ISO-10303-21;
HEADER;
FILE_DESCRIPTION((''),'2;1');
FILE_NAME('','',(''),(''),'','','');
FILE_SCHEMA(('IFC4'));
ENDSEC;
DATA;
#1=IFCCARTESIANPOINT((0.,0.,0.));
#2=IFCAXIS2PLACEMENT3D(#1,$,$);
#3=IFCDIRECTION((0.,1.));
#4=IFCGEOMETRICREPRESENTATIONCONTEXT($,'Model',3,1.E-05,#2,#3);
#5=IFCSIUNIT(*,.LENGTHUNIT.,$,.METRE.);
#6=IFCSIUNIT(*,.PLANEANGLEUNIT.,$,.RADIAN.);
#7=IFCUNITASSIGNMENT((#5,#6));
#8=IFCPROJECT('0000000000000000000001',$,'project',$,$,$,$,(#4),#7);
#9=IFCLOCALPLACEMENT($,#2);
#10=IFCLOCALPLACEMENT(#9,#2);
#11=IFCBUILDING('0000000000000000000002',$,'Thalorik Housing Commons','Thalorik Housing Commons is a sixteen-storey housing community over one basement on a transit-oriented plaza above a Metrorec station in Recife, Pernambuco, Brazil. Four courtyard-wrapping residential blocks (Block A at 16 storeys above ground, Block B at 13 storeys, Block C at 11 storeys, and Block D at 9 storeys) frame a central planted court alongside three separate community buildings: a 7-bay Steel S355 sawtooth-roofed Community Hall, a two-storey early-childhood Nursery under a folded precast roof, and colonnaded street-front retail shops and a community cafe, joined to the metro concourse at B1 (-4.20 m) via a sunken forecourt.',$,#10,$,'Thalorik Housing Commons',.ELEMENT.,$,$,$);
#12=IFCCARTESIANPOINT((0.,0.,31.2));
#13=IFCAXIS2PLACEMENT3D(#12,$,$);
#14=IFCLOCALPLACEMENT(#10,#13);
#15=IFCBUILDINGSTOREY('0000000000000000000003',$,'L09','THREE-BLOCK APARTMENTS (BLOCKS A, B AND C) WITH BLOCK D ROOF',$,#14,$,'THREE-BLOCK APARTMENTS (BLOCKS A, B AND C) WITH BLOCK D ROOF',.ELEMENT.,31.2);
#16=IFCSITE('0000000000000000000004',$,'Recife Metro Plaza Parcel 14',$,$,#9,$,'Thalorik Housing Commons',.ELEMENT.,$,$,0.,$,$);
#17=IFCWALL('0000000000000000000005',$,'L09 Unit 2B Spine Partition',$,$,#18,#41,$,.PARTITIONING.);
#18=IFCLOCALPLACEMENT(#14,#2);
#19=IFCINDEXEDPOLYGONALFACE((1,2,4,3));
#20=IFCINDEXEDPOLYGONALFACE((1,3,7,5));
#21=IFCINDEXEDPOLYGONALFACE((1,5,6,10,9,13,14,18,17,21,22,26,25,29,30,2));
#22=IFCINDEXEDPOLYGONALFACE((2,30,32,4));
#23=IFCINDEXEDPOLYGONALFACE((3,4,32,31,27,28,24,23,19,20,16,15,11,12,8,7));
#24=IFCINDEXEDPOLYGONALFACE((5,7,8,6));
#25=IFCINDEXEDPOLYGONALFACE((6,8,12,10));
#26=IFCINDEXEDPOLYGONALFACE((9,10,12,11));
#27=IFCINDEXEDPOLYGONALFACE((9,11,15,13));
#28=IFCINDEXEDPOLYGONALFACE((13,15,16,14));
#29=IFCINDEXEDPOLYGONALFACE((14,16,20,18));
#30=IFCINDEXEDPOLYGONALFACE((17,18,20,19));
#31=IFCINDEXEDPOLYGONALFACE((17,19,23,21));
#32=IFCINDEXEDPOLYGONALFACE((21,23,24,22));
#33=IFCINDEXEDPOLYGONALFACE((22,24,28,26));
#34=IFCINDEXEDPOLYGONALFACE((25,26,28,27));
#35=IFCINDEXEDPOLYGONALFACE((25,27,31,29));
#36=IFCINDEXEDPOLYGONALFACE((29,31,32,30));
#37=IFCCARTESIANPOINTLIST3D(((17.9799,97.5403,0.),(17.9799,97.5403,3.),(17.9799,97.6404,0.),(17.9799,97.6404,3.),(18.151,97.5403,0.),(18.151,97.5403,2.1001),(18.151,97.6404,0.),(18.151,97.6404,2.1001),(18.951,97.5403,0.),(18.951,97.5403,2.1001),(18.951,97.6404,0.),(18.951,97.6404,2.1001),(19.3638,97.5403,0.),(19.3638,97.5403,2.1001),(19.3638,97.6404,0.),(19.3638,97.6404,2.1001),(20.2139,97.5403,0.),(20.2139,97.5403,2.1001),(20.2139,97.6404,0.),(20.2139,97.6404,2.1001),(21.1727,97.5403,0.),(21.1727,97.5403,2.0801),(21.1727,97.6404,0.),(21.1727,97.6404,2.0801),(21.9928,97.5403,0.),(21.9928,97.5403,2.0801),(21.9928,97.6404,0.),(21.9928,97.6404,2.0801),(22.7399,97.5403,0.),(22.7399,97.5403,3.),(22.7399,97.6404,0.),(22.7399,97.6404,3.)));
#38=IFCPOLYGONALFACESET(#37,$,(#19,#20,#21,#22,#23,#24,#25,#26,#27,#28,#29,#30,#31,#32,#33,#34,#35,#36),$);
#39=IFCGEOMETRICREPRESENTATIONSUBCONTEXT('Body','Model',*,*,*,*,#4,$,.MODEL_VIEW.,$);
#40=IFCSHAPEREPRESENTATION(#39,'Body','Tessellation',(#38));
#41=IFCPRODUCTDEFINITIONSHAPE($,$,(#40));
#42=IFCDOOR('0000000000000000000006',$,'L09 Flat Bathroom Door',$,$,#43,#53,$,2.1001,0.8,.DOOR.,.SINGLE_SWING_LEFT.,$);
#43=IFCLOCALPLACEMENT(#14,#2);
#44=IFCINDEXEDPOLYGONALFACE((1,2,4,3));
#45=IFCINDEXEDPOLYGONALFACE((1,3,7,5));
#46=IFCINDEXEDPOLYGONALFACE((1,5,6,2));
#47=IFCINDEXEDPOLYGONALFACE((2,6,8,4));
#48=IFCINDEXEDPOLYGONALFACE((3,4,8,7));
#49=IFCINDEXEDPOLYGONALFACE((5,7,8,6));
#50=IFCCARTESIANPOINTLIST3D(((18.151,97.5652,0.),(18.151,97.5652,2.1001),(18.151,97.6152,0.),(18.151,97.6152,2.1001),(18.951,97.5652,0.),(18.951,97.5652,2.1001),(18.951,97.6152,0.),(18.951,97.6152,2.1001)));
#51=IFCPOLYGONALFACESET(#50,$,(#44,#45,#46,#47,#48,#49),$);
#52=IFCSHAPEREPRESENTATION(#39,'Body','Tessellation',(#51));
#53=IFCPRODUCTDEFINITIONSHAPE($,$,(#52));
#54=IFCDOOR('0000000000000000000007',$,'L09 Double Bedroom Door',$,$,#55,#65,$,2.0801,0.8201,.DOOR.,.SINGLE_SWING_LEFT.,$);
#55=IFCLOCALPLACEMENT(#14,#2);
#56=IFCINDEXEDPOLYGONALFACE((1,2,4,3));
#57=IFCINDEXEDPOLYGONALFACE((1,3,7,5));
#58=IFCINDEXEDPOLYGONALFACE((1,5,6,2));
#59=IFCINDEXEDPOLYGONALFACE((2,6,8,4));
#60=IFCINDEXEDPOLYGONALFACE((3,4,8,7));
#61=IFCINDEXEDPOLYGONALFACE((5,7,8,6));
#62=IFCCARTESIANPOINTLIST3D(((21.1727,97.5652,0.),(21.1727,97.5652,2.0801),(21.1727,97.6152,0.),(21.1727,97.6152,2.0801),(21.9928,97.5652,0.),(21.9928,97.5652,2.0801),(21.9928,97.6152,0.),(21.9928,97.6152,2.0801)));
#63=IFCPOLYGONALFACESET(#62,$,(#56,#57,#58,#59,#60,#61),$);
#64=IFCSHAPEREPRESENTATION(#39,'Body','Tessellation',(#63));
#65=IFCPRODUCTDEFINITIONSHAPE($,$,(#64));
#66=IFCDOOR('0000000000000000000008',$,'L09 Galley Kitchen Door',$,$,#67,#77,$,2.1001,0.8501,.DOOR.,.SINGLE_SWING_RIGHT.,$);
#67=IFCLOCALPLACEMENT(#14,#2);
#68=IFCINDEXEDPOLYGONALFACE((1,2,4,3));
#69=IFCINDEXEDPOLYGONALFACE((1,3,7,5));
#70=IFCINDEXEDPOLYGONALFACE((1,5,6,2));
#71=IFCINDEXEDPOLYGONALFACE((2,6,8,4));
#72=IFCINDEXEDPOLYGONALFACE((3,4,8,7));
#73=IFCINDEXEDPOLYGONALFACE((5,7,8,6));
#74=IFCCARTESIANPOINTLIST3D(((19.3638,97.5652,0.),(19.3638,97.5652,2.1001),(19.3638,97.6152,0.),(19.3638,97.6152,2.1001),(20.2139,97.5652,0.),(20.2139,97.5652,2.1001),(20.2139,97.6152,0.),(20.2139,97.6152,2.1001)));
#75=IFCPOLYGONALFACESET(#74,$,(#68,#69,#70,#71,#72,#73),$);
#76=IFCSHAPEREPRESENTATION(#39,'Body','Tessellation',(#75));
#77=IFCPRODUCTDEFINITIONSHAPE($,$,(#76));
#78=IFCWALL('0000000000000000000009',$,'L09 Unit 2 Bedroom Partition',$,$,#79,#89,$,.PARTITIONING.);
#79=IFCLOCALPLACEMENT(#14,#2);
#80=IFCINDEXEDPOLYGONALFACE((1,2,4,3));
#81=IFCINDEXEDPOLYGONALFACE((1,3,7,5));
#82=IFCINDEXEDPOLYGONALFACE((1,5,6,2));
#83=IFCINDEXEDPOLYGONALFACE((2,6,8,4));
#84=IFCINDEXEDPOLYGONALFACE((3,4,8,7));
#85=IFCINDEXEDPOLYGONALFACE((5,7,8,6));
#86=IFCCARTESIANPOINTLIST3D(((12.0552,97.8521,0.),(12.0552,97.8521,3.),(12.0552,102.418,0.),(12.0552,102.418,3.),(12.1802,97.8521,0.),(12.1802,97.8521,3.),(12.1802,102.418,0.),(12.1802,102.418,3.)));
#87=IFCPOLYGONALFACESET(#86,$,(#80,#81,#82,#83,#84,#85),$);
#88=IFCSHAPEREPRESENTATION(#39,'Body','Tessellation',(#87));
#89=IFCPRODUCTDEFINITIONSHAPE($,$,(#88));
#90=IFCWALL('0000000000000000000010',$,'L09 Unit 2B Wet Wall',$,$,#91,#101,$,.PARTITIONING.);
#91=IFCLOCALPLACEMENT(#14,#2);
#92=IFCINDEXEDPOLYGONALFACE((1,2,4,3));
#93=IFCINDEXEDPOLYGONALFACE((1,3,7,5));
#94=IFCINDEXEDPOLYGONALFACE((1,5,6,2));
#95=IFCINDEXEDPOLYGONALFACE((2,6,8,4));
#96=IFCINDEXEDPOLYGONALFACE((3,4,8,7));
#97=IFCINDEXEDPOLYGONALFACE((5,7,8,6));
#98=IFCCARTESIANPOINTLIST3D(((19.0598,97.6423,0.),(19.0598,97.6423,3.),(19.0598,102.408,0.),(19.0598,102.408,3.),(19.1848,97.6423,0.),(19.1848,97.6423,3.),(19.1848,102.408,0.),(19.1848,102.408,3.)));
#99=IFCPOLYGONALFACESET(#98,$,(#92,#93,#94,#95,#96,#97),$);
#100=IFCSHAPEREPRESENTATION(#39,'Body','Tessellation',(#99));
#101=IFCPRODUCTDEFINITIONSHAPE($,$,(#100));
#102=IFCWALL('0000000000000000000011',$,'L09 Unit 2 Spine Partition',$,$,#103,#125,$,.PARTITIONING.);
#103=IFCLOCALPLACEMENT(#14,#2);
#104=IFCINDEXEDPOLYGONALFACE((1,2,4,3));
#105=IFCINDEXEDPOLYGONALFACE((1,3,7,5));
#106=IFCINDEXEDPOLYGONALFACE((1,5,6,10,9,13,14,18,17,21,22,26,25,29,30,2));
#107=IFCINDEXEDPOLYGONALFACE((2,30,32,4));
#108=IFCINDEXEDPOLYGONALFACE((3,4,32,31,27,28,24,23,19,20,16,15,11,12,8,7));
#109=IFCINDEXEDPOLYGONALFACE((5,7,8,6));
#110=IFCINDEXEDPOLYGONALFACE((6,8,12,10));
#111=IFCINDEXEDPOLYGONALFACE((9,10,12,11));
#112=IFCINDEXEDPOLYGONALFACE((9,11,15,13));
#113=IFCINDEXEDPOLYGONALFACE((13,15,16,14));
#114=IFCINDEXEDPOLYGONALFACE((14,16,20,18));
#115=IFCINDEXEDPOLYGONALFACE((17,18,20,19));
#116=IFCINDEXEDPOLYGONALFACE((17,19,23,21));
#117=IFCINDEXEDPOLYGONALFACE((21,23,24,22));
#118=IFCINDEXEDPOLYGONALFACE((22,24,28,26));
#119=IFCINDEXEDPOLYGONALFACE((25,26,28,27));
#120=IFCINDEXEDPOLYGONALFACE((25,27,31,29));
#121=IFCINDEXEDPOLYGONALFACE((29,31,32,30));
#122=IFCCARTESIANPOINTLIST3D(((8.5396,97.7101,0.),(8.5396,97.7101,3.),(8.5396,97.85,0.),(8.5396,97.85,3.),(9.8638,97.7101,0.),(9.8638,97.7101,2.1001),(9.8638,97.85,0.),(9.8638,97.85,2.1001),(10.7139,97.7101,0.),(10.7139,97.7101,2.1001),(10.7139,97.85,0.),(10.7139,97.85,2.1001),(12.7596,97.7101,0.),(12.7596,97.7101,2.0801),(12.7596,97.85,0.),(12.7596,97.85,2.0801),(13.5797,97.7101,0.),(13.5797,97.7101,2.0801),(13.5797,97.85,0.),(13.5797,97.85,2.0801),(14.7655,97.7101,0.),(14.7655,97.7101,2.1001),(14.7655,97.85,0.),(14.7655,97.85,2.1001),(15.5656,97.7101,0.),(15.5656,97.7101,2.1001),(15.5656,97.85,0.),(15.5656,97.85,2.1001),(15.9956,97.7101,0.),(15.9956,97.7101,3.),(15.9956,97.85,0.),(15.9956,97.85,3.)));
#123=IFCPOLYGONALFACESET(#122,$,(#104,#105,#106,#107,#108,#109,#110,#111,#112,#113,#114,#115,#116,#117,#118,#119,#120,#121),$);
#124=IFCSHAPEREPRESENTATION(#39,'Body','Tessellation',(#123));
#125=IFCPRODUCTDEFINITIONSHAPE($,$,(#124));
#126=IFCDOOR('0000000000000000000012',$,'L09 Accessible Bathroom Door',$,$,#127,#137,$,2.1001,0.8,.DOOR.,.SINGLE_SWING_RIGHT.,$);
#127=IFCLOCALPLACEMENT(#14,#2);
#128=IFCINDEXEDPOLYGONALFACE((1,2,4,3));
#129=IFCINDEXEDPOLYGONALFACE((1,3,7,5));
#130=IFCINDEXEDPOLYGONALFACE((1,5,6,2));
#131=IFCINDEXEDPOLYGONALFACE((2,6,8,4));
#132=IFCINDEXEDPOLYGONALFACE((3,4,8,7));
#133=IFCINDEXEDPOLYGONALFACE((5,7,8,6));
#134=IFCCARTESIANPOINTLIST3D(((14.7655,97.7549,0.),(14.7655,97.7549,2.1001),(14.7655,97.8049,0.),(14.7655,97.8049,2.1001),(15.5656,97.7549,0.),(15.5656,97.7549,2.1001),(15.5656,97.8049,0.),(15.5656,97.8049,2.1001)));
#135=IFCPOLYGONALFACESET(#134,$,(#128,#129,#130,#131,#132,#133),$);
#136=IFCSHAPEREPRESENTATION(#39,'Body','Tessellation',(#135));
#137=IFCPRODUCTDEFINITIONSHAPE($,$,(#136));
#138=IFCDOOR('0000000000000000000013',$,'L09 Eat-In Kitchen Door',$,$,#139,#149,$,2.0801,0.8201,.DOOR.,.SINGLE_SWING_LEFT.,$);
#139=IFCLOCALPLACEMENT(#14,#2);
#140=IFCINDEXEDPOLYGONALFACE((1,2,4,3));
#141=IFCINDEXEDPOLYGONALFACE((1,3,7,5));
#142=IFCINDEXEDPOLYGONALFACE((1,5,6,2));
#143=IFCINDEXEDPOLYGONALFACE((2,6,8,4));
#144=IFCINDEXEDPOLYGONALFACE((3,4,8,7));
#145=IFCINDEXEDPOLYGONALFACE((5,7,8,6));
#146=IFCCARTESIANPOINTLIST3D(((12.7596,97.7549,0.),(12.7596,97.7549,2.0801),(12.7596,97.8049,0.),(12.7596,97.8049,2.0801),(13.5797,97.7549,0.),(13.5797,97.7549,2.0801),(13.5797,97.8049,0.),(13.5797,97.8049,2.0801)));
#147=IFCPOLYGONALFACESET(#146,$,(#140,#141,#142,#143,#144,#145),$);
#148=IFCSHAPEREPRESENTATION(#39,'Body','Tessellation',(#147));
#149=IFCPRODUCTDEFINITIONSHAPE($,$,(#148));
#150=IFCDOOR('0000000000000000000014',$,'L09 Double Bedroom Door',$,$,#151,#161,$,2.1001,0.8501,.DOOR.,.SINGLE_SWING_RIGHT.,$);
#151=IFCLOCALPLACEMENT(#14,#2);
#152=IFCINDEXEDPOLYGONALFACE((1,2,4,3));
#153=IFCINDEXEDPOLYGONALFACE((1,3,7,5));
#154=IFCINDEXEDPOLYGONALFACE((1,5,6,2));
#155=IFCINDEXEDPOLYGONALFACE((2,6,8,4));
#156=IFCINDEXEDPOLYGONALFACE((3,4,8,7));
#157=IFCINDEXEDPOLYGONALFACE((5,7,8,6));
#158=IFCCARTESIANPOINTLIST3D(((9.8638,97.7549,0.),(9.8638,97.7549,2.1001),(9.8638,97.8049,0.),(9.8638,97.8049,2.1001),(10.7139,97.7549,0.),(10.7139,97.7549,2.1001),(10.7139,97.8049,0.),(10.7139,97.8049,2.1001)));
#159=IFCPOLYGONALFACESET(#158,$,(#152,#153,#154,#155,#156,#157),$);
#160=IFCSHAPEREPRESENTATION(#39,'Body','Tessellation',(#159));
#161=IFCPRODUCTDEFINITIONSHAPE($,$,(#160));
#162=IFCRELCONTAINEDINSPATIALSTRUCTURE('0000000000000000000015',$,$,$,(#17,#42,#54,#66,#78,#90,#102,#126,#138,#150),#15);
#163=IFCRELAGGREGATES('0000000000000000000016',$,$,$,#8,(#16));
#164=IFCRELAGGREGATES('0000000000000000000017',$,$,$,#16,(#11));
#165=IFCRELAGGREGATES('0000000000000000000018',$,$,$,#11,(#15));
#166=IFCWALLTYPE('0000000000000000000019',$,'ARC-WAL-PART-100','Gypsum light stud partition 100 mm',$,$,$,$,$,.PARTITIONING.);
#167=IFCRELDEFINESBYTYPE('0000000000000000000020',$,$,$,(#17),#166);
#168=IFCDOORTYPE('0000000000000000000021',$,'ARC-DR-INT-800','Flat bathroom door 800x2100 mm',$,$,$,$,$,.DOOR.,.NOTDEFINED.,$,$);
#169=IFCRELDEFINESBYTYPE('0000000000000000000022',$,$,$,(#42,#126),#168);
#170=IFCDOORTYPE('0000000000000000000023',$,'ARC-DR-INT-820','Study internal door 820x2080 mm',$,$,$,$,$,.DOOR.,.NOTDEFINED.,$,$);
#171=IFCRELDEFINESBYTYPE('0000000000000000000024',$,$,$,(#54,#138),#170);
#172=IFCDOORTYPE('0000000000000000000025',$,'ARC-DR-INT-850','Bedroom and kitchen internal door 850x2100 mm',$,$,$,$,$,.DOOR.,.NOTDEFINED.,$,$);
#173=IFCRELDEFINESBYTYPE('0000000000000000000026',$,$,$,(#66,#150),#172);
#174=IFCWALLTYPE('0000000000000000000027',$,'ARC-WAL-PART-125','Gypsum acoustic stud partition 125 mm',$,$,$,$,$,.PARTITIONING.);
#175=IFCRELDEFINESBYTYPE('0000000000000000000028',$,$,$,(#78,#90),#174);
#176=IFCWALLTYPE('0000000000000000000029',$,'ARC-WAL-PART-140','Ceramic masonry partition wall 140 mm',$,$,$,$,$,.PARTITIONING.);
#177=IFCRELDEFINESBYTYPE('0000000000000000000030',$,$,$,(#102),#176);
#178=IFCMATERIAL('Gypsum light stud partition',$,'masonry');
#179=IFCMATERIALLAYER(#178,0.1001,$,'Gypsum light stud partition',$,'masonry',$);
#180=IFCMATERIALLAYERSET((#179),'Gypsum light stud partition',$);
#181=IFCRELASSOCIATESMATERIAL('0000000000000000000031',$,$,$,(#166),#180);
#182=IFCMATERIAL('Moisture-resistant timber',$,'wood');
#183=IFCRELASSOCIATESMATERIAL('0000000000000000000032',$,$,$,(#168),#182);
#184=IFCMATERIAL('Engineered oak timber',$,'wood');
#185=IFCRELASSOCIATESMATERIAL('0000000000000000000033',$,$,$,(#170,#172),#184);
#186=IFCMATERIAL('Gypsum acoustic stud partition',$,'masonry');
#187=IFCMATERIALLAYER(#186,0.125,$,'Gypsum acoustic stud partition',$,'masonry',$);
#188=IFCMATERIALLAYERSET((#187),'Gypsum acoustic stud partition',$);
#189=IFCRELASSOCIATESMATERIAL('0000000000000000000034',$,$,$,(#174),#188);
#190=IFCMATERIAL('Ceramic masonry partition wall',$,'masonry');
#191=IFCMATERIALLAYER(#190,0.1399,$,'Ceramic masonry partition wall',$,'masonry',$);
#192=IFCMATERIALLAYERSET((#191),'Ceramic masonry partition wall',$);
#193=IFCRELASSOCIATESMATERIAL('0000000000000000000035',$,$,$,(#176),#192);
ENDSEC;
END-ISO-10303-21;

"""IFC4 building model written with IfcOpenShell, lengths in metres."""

from ifc_helpers import new_model, si_unit, direction, frame, frame_2d, origin, place, context, subcontext, project, spatial, rectangle, extrude, material, layer, layer_set, type_object, element, fill, save


model = new_model("IFC4")

# Units and contexts
model_context = context("Model", 3, precision=1e-05, world=origin(), true_north=direction((0.0, 1.0)))
body_context = subcontext(model_context, "Body", "Model", "MODEL_VIEW")
ifc_project = project(units=[si_unit("LENGTHUNIT", "METRE"), si_unit("PLANEANGLEUNIT", "RADIAN")], contexts=[model_context])

# Site, building, storey
site_placement = place(None, origin())
site = spatial("IfcSite", under=ifc_project, at=site_placement, Name="Recife Metro Plaza Parcel 14", LongName="Thalorik Housing Commons", CompositionType="ELEMENT", RefElevation=0.0)
building_placement = place(site_placement, origin())
building = spatial("IfcBuilding", under=site, at=building_placement, Name="Thalorik Housing Commons", Description="Thalorik Housing Commons is a sixteen-storey housing community over one basement on a transit-oriented plaza above a Metrorec station in Recife, Pernambuco, Brazil. Four courtyard-wrapping residential blocks (Block A at 16 storeys above ground, Block B at 13 storeys, Block C at 11 storeys, and Block D at 9 storeys) frame a central planted court alongside three separate community buildings: a 7-bay Steel S355 sawtooth-roofed Community Hall, a two-storey early-childhood Nursery under a folded precast roof, and colonnaded street-front retail shops and a community cafe, joined to the metro concourse at B1 (-4.20 m) via a sunken forecourt.", LongName="Thalorik Housing Commons", CompositionType="ELEMENT")
storey_placement = place(building_placement, frame((0.0, 0.0, 31.2)))
storey = spatial("IfcBuildingStorey", under=building, at=storey_placement, Name="L09", Description="THREE-BLOCK APARTMENTS (BLOCKS A, B AND C) WITH BLOCK D ROOF", LongName="THREE-BLOCK APARTMENTS (BLOCKS A, B AND C) WITH BLOCK D ROOF", CompositionType="ELEMENT", Elevation=31.2)

# Wall, openings, doors
ifc_material_1 = material(Name="Gypsum light stud partition", Category="masonry")
ifc_layer_1 = layer(ifc_material_1, 0.1001, Name="Gypsum light stud partition", Category="masonry")
ifc_layer_set_1 = layer_set([ifc_layer_1], Name="Gypsum light stud partition")
wall_type_1 = type_object("IfcWallType", Name="ARC-WAL-PART-100", Description="Gypsum light stud partition 100 mm", PredefinedType="PARTITIONING", material=ifc_layer_set_1)
wall_1_placement = place(storey_placement, frame((17.98, 97.5903, 0.0), z_axis=(0.0, 0.0, 1.0), x_axis=(1.0, 0.0, 0.0)))
wall_1 = element("IfcWall", 1, at=wall_1_placement, inside=storey, type_object=wall_type_1, Name="L09 Unit 2B Spine Partition", PredefinedType="PARTITIONING", context=body_context, shape_type="SweptSolid", body=[
    extrude(rectangle(XDim=4.76, YDim=0.1001, at=frame_2d((2.3799, 0.0))), origin(), (0.0, 0.0, 1.0), 3.0),
])
opening_1_placement = place(wall_1_placement, frame((0.1711, 0.0, 0.0)))
opening_1 = element("IfcOpeningElement", 2, at=opening_1_placement, cuts=wall_1, PredefinedType="OPENING", context=body_context, shape_type="SweptSolid", body=[
    extrude(rectangle(XDim=0.8, YDim=2.1001, at=frame_2d((0.3999, 1.05))), frame((0.0, 0.0601, 0.0), z_axis=(0.0, -1.0, 0.0), x_axis=(1.0, 0.0, 0.0)), (0.0, 0.0, 1.0), 0.1201),
])
opening_2_placement = place(wall_1_placement, frame((1.3838, 0.0, 0.0)))
opening_2 = element("IfcOpeningElement", 3, at=opening_2_placement, cuts=wall_1, PredefinedType="OPENING", context=body_context, shape_type="SweptSolid", body=[
    extrude(rectangle(XDim=0.8501, YDim=2.1001, at=frame_2d((0.425, 1.05))), frame((0.0, 0.0601, 0.0), z_axis=(0.0, -1.0, 0.0), x_axis=(1.0, 0.0, 0.0)), (0.0, 0.0, 1.0), 0.1201),
])
opening_3_placement = place(wall_1_placement, frame((3.1926, 0.0, 0.0)))
opening_3 = element("IfcOpeningElement", 4, at=opening_3_placement, cuts=wall_1, PredefinedType="OPENING", context=body_context, shape_type="SweptSolid", body=[
    extrude(rectangle(XDim=0.8201, YDim=2.0801, at=frame_2d((0.4102, 1.04))), frame((0.0, 0.0601, 0.0), z_axis=(0.0, -1.0, 0.0), x_axis=(1.0, 0.0, 0.0)), (0.0, 0.0, 1.0), 0.1201),
])
ifc_material_2 = material(Name="Moisture-resistant timber", Category="wood")
door_type_1 = type_object("IfcDoorType", Name="ARC-DR-INT-800", Description="Flat bathroom door 800x2100 mm", OperationType="NOTDEFINED", PredefinedType="DOOR", material=ifc_material_2)
door_1_placement = place(opening_1_placement, origin())
door_1 = element("IfcDoor", 5, at=door_1_placement, inside=storey, type_object=door_type_1, Name="L09 Flat Bathroom Door", OperationType="SINGLE_SWING_LEFT", OverallHeight=2.1001, OverallWidth=0.8, PredefinedType="DOOR", context=body_context, shape_type="SweptSolid", body=[
    extrude(rectangle(XDim=0.8, YDim=2.1001, at=frame_2d((0.3999, 1.05))), frame((0.0, 0.0249, 0.0), z_axis=(0.0, -1.0, 0.0), x_axis=(1.0, 0.0, 0.0)), (0.0, 0.0, 1.0), 0.05),
])
fill(opening_1, door_1)
ifc_material_3 = material(Name="Engineered oak timber", Category="wood")
door_type_2 = type_object("IfcDoorType", Name="ARC-DR-INT-820", Description="Study internal door 820x2080 mm", OperationType="NOTDEFINED", PredefinedType="DOOR", material=ifc_material_3)
door_2_placement = place(opening_3_placement, origin())
door_2 = element("IfcDoor", 6, at=door_2_placement, inside=storey, type_object=door_type_2, Name="L09 Double Bedroom Door", OperationType="SINGLE_SWING_LEFT", OverallHeight=2.0801, OverallWidth=0.8201, PredefinedType="DOOR", context=body_context, shape_type="SweptSolid", body=[
    extrude(rectangle(XDim=0.8201, YDim=2.0801, at=frame_2d((0.4102, 1.04))), frame((0.0, 0.0249, 0.0), z_axis=(0.0, -1.0, 0.0), x_axis=(1.0, 0.0, 0.0)), (0.0, 0.0, 1.0), 0.05),
])
fill(opening_3, door_2)
door_type_3 = type_object("IfcDoorType", Name="ARC-DR-INT-850", Description="Bedroom and kitchen internal door 850x2100 mm", OperationType="NOTDEFINED", PredefinedType="DOOR", material=ifc_material_3)
door_3_placement = place(opening_2_placement, origin())
door_3 = element("IfcDoor", 7, at=door_3_placement, inside=storey, type_object=door_type_3, Name="L09 Galley Kitchen Door", OperationType="SINGLE_SWING_RIGHT", OverallHeight=2.1001, OverallWidth=0.8501, PredefinedType="DOOR", context=body_context, shape_type="SweptSolid", body=[
    extrude(rectangle(XDim=0.8501, YDim=2.1001, at=frame_2d((0.425, 1.05))), frame((0.0, 0.0249, 0.0), z_axis=(0.0, -1.0, 0.0), x_axis=(1.0, 0.0, 0.0)), (0.0, 0.0, 1.0), 0.05),
])
fill(opening_2, door_3)

# Walls
ifc_material_4 = material(Name="Gypsum acoustic stud partition", Category="masonry")
ifc_layer_2 = layer(ifc_material_4, 0.125, Name="Gypsum acoustic stud partition", Category="masonry")
ifc_layer_set_2 = layer_set([ifc_layer_2], Name="Gypsum acoustic stud partition")
wall_type_2 = type_object("IfcWallType", Name="ARC-WAL-PART-125", Description="Gypsum acoustic stud partition 125 mm", PredefinedType="PARTITIONING", material=ifc_layer_set_2)
wall_2_placement = place(storey_placement, frame((12.1177, 97.8521, 0.0), z_axis=(0.0, 0.0, 1.0), x_axis=(0.0, 1.0, 0.0)))
element("IfcWall", 8, at=wall_2_placement, inside=storey, type_object=wall_type_2, Name="L09 Unit 2 Bedroom Partition", PredefinedType="PARTITIONING", context=body_context, shape_type="SweptSolid", body=[
    extrude(rectangle(XDim=4.5659, YDim=0.125, at=frame_2d((2.283, 0.0))), origin(), (0.0, 0.0, 1.0), 3.0),
])
wall_3_placement = place(storey_placement, frame((19.1223, 97.6423, 0.0), z_axis=(0.0, 0.0, 1.0), x_axis=(0.0, 1.0, 0.0)))
element("IfcWall", 9, at=wall_3_placement, inside=storey, type_object=wall_type_2, Name="L09 Unit 2B Wet Wall", PredefinedType="PARTITIONING", context=body_context, shape_type="SweptSolid", body=[
    extrude(rectangle(XDim=4.7656, YDim=0.125, at=frame_2d((2.3828, 0.0))), origin(), (0.0, 0.0, 1.0), 3.0),
])

# Wall, openings, doors
ifc_material_5 = material(Name="Ceramic masonry partition wall", Category="masonry")
ifc_layer_3 = layer(ifc_material_5, 0.1399, Name="Ceramic masonry partition wall", Category="masonry")
ifc_layer_set_3 = layer_set([ifc_layer_3], Name="Ceramic masonry partition wall")
wall_type_3 = type_object("IfcWallType", Name="ARC-WAL-PART-140", Description="Ceramic masonry partition wall 140 mm", PredefinedType="PARTITIONING", material=ifc_layer_set_3)
wall_4_placement = place(storey_placement, frame((8.5396, 97.78, 0.0), z_axis=(0.0, 0.0, 1.0), x_axis=(1.0, 0.0, 0.0)))
wall_4 = element("IfcWall", 10, at=wall_4_placement, inside=storey, type_object=wall_type_3, Name="L09 Unit 2 Spine Partition", PredefinedType="PARTITIONING", context=body_context, shape_type="SweptSolid", body=[
    extrude(rectangle(XDim=7.4561, YDim=0.1399, at=frame_2d((3.728, 0.0))), origin(), (0.0, 0.0, 1.0), 3.0),
])
opening_4_placement = place(wall_4_placement, frame((1.3242, 0.0, 0.0)))
opening_4 = element("IfcOpeningElement", 11, at=opening_4_placement, cuts=wall_4, PredefinedType="OPENING", context=body_context, shape_type="SweptSolid", body=[
    extrude(rectangle(XDim=0.8501, YDim=2.1001, at=frame_2d((0.425, 1.05))), frame((0.0, 0.0801, 0.0), z_axis=(0.0, -1.0, 0.0), x_axis=(1.0, 0.0, 0.0)), (0.0, 0.0, 1.0), 0.1599),
])
opening_5_placement = place(wall_4_placement, frame((4.22, 0.0, 0.0)))
opening_5 = element("IfcOpeningElement", 12, at=opening_5_placement, cuts=wall_4, PredefinedType="OPENING", context=body_context, shape_type="SweptSolid", body=[
    extrude(rectangle(XDim=0.8201, YDim=2.0801, at=frame_2d((0.4102, 1.04))), frame((0.0, 0.0801, 0.0), z_axis=(0.0, -1.0, 0.0), x_axis=(1.0, 0.0, 0.0)), (0.0, 0.0, 1.0), 0.1599),
])
opening_6_placement = place(wall_4_placement, frame((6.2261, 0.0, 0.0)))
opening_6 = element("IfcOpeningElement", 13, at=opening_6_placement, cuts=wall_4, PredefinedType="OPENING", context=body_context, shape_type="SweptSolid", body=[
    extrude(rectangle(XDim=0.8, YDim=2.1001, at=frame_2d((0.3999, 1.05))), frame((0.0, 0.0801, 0.0), z_axis=(0.0, -1.0, 0.0), x_axis=(1.0, 0.0, 0.0)), (0.0, 0.0, 1.0), 0.1599),
])
door_4_placement = place(opening_6_placement, origin())
door_4 = element("IfcDoor", 14, at=door_4_placement, inside=storey, type_object=door_type_1, Name="L09 Accessible Bathroom Door", OperationType="SINGLE_SWING_RIGHT", OverallHeight=2.1001, OverallWidth=0.8, PredefinedType="DOOR", context=body_context, shape_type="SweptSolid", body=[
    extrude(rectangle(XDim=0.8, YDim=2.1001, at=frame_2d((0.3999, 1.05))), frame((0.0, 0.0249, 0.0), z_axis=(0.0, -1.0, 0.0), x_axis=(1.0, 0.0, 0.0)), (0.0, 0.0, 1.0), 0.05),
])
fill(opening_6, door_4)
door_5_placement = place(opening_5_placement, origin())
door_5 = element("IfcDoor", 15, at=door_5_placement, inside=storey, type_object=door_type_2, Name="L09 Eat-In Kitchen Door", OperationType="SINGLE_SWING_LEFT", OverallHeight=2.0801, OverallWidth=0.8201, PredefinedType="DOOR", context=body_context, shape_type="SweptSolid", body=[
    extrude(rectangle(XDim=0.8201, YDim=2.0801, at=frame_2d((0.4102, 1.04))), frame((0.0, 0.0249, 0.0), z_axis=(0.0, -1.0, 0.0), x_axis=(1.0, 0.0, 0.0)), (0.0, 0.0, 1.0), 0.05),
])
fill(opening_5, door_5)
door_6_placement = place(opening_4_placement, origin())
door_6 = element("IfcDoor", 16, at=door_6_placement, inside=storey, type_object=door_type_3, Name="L09 Double Bedroom Door", OperationType="SINGLE_SWING_RIGHT", OverallHeight=2.1001, OverallWidth=0.8501, PredefinedType="DOOR", context=body_context, shape_type="SweptSolid", body=[
    extrude(rectangle(XDim=0.8501, YDim=2.1001, at=frame_2d((0.425, 1.05))), frame((0.0, 0.0249, 0.0), z_axis=(0.0, -1.0, 0.0), x_axis=(1.0, 0.0, 0.0)), (0.0, 0.0, 1.0), 0.05),
])
fill(opening_4, door_6)

save(model, "model.ifc")
